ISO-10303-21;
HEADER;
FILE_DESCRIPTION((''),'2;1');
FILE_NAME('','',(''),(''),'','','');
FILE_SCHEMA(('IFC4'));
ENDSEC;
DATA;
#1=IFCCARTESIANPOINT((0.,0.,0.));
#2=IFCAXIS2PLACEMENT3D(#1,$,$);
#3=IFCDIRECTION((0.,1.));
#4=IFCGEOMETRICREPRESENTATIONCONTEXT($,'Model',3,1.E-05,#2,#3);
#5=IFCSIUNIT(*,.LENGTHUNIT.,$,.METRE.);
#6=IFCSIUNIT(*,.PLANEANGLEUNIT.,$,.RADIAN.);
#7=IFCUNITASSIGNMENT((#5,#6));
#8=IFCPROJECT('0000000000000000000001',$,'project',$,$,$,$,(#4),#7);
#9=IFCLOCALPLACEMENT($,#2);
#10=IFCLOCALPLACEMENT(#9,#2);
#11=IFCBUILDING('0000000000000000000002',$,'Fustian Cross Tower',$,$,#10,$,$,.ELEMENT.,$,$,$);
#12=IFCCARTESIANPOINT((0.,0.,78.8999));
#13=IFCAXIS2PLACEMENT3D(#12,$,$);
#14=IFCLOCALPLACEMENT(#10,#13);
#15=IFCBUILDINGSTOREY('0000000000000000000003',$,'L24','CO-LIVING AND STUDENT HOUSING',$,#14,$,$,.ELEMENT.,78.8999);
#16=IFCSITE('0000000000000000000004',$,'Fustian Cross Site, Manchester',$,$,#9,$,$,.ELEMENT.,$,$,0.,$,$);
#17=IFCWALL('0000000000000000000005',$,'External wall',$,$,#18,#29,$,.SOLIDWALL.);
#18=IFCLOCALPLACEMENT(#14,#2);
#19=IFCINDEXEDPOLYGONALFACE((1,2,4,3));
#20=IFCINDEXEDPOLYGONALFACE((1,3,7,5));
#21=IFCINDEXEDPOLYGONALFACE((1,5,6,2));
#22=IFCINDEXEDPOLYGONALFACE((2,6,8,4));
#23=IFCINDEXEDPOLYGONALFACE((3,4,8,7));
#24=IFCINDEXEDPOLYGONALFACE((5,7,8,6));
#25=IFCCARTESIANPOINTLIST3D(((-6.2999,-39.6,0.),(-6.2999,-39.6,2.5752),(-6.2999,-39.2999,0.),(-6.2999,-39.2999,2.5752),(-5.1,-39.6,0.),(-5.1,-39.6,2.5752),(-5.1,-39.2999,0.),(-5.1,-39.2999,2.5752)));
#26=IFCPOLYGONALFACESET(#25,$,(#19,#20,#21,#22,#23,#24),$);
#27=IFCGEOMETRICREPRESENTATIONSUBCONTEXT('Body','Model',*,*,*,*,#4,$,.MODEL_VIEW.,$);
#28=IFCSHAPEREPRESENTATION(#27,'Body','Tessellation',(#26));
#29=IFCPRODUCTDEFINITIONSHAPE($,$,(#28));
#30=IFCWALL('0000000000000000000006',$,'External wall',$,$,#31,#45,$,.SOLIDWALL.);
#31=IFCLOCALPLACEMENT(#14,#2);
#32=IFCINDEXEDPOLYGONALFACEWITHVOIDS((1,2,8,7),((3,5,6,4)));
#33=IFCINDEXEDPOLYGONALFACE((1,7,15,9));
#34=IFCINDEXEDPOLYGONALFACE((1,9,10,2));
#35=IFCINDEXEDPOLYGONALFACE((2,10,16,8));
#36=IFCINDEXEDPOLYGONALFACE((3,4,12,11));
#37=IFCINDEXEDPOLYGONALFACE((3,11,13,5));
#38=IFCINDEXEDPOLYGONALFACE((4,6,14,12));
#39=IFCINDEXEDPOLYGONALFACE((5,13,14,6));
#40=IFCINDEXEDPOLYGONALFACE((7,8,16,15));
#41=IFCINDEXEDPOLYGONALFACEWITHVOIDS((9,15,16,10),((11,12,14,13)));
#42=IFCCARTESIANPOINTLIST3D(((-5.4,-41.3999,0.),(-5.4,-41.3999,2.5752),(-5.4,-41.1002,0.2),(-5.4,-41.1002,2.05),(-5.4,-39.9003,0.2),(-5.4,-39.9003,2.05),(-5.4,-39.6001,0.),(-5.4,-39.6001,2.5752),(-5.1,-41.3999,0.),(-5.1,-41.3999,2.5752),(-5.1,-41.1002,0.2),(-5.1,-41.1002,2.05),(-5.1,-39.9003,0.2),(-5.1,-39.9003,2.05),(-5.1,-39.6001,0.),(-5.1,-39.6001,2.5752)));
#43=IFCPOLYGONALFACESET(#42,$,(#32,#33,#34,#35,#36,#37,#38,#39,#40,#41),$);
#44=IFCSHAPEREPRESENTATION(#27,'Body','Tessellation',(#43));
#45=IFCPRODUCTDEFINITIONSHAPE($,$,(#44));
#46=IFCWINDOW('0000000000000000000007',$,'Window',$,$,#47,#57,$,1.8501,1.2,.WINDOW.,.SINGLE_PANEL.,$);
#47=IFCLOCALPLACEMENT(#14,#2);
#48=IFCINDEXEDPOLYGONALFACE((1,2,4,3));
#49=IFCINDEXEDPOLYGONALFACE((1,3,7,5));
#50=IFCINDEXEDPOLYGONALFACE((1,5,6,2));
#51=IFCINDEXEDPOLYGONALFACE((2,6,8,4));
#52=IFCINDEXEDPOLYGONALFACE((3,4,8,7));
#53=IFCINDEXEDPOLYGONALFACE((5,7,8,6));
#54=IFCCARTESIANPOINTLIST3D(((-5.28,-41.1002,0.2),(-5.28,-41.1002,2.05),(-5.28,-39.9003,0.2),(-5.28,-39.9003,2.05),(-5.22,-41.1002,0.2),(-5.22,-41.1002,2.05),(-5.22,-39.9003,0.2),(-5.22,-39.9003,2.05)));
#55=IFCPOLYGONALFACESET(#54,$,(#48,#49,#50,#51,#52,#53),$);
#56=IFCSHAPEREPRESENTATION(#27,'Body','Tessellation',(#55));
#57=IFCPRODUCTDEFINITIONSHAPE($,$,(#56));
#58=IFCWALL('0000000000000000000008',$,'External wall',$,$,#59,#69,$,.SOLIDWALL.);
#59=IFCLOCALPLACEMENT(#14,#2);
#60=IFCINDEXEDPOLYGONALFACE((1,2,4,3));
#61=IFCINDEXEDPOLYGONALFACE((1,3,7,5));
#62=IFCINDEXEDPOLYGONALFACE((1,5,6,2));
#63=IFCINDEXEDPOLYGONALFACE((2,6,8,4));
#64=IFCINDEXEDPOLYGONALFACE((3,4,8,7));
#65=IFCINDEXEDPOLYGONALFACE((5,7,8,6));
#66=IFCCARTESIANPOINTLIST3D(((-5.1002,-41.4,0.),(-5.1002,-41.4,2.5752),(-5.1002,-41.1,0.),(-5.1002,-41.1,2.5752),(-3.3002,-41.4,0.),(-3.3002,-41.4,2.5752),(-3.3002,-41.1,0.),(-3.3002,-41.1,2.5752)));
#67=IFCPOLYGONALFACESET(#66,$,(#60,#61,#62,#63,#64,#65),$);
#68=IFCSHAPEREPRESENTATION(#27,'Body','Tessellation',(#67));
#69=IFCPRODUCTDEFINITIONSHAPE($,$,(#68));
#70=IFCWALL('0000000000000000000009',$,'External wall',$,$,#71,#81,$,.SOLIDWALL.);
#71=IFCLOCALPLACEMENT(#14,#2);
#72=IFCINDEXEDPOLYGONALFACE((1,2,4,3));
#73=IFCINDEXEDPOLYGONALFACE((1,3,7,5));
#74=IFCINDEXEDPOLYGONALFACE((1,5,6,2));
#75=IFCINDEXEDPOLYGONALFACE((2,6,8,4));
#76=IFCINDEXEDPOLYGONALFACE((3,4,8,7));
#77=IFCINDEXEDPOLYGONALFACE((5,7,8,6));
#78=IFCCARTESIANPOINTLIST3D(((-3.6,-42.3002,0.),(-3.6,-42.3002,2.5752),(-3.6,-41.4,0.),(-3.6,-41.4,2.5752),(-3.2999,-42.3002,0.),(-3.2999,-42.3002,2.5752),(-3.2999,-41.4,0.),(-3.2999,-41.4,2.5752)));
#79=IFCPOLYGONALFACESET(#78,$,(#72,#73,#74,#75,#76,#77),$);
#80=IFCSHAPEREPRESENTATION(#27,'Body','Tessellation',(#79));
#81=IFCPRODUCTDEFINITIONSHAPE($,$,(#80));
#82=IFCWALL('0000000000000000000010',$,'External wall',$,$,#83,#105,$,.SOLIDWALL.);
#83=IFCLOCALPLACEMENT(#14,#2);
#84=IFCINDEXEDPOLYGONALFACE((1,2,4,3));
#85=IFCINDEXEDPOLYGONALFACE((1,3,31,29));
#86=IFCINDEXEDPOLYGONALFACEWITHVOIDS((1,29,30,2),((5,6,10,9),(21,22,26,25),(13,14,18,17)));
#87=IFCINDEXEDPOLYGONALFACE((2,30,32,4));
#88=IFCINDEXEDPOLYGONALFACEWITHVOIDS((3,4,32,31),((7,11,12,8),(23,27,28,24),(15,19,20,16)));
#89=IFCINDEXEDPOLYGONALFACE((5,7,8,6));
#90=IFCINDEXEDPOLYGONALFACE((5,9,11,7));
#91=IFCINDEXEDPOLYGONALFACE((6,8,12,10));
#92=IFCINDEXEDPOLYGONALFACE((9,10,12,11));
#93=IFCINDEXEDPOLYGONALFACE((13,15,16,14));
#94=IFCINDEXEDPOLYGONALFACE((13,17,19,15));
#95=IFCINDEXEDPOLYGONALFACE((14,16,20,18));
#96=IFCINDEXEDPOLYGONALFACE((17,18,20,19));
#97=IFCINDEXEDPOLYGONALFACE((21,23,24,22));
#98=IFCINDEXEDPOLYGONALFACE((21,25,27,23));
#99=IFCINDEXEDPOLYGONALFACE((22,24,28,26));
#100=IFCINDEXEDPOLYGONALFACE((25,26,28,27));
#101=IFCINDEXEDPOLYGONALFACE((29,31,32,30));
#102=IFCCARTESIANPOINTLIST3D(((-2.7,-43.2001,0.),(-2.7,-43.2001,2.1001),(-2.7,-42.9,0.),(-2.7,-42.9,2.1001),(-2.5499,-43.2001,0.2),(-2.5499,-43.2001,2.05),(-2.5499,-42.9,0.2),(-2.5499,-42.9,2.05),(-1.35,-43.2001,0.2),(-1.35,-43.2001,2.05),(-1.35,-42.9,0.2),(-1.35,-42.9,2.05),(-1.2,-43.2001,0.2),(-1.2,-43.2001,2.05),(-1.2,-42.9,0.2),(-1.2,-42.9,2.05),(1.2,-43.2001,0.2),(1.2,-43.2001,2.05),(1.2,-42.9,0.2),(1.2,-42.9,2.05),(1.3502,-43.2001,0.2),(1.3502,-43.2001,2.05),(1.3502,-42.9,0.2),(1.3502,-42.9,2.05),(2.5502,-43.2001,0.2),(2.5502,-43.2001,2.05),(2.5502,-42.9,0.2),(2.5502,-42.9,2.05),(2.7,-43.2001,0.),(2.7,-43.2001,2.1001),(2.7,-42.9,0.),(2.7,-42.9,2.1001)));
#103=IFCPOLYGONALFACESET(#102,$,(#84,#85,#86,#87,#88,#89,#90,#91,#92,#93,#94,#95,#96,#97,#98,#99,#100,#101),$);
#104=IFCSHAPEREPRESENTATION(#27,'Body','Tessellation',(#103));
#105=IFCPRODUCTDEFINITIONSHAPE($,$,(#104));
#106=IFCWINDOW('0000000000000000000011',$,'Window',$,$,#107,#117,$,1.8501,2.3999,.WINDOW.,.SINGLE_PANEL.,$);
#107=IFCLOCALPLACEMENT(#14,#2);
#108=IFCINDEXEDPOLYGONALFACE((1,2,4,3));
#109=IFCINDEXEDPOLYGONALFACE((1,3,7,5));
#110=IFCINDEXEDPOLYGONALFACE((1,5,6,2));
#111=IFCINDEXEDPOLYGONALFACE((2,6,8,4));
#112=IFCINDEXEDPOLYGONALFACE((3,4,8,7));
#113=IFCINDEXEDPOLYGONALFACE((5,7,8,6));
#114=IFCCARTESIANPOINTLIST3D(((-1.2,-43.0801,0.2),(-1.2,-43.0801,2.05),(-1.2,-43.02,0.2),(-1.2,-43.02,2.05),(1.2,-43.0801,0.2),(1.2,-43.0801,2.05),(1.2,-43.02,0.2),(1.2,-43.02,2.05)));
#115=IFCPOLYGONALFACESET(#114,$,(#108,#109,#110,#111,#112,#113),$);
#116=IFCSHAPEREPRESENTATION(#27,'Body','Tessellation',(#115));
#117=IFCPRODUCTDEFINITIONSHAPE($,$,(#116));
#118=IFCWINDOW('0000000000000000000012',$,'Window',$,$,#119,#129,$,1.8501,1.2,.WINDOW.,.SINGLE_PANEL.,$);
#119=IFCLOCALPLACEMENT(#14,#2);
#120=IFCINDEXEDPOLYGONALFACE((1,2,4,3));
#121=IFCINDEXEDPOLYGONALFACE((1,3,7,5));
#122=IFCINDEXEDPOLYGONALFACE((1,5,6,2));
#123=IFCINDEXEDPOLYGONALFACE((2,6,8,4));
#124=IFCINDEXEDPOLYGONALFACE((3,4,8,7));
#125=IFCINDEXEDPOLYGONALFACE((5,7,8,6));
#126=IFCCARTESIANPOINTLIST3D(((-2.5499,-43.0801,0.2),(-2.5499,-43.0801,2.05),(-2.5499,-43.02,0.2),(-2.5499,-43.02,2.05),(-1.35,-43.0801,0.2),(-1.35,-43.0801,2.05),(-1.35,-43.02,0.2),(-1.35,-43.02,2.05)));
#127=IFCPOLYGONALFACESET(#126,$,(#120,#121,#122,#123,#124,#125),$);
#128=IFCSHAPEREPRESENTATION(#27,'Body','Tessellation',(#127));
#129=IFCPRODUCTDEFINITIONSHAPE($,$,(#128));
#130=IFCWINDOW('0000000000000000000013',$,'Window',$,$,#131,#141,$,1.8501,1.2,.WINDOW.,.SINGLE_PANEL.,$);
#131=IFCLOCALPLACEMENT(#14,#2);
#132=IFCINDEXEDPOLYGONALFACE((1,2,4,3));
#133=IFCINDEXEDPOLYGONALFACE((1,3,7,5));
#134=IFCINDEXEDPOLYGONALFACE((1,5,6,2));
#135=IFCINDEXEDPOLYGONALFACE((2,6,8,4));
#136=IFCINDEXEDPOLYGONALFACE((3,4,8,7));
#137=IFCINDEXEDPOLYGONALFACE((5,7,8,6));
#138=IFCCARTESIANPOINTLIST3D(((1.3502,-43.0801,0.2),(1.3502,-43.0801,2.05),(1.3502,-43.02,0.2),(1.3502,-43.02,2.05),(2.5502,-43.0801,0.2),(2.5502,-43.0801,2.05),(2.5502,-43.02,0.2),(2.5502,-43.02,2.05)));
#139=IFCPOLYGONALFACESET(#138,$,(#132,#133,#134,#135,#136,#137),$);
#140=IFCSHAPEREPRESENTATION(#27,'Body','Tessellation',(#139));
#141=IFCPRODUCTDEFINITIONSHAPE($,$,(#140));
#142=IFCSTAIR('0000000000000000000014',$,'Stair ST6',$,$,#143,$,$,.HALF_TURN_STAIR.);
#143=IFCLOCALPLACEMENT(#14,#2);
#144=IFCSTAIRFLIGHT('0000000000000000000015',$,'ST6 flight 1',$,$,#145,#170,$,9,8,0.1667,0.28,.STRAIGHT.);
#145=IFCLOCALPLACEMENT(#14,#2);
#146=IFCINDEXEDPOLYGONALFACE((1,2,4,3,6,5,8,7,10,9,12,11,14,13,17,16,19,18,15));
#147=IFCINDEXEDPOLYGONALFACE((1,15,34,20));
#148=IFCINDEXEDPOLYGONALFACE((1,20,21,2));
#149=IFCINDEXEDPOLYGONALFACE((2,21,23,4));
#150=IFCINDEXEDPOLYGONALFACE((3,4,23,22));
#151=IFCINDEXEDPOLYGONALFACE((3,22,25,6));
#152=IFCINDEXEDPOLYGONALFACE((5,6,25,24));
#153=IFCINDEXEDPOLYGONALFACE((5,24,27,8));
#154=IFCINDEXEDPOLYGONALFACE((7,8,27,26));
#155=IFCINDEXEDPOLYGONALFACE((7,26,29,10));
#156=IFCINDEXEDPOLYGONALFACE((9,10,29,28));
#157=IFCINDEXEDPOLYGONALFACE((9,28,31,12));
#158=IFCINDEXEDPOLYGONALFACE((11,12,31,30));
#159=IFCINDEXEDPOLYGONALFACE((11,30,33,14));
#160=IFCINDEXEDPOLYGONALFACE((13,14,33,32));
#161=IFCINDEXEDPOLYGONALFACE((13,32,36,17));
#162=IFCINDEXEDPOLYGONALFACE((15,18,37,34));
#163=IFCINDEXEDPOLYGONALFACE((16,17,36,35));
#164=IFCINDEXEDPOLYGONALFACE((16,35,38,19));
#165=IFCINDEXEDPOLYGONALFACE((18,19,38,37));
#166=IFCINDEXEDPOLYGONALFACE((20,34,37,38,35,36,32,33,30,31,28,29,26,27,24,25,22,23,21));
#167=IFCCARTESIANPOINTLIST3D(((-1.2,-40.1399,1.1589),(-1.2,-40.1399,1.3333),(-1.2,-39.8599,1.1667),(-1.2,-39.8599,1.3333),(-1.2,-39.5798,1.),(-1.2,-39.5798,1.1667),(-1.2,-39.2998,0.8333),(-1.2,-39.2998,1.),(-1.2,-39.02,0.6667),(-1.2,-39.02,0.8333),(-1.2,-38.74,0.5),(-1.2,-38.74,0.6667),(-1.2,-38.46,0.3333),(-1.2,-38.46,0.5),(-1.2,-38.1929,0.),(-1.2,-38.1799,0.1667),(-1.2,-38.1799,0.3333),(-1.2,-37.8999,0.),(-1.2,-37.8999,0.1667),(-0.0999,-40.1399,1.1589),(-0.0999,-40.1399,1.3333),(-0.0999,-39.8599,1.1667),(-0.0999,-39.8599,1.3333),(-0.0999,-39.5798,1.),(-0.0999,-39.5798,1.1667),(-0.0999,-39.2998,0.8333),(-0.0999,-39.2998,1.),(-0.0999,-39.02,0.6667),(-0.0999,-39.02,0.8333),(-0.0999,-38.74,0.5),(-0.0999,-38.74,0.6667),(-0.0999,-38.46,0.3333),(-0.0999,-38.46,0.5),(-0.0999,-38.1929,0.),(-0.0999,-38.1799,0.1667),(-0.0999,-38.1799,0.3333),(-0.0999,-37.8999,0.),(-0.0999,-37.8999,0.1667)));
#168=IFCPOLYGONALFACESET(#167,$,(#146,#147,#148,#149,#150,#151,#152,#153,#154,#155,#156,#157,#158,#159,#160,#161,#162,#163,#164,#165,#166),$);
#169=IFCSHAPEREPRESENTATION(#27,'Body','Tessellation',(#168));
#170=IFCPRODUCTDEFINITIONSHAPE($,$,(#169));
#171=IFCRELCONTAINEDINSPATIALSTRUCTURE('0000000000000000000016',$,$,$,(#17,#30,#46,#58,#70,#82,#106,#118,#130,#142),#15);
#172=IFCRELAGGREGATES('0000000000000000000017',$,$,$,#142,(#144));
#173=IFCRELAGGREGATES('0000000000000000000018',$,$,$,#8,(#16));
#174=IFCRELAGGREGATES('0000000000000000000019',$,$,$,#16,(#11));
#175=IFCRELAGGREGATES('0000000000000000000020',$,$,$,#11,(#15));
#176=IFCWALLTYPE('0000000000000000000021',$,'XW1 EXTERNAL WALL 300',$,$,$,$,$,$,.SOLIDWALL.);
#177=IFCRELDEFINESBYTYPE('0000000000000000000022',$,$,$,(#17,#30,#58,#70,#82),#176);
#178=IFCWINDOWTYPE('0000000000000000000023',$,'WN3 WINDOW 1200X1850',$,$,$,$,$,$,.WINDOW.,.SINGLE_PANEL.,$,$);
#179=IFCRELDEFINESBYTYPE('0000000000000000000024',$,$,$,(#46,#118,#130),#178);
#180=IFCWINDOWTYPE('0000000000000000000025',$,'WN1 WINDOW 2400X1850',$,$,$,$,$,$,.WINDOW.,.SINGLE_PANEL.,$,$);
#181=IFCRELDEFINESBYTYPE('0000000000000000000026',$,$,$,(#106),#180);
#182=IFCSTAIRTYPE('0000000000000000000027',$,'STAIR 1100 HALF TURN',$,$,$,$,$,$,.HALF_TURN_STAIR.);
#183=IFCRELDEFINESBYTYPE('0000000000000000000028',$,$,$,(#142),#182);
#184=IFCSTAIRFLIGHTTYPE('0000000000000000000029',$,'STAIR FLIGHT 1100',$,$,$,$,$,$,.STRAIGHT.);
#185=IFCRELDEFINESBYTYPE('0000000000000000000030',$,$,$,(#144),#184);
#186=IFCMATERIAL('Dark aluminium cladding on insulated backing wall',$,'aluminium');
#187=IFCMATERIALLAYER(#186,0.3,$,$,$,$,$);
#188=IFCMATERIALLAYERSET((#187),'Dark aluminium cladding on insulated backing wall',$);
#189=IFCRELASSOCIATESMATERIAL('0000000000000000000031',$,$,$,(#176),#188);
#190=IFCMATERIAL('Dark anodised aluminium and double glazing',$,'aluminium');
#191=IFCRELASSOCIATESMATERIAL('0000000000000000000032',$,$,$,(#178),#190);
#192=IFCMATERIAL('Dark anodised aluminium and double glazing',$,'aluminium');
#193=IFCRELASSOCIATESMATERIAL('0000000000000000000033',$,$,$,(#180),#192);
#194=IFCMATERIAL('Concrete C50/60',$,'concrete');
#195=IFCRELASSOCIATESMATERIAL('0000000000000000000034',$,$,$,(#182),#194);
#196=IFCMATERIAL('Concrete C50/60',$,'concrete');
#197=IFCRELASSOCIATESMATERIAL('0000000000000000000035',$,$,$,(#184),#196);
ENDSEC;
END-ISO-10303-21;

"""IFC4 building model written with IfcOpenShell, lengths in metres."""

from ifc_helpers import new_model, si_unit, direction, frame, frame_2d, origin, place, context, subcontext, project, spatial, polyline, rectangle, outline, extrude, material, layer, layer_set, type_object, element, fill, aggregate, save


model = new_model("IFC4")

# Units and contexts
model_context = context("Model", 3, precision=1e-05, world=origin(), true_north=direction((0.0, 1.0)))
body_context = subcontext(model_context, "Body", "Model", "MODEL_VIEW")
ifc_project = project(units=[si_unit("LENGTHUNIT", "METRE"), si_unit("PLANEANGLEUNIT", "RADIAN")], contexts=[model_context])

# Site, building, storey
site_placement = place(None, origin())
site = spatial("IfcSite", under=ifc_project, at=site_placement, Name="Fustian Cross Site, Manchester", CompositionType="ELEMENT", RefElevation=0.0)
building_placement = place(site_placement, origin())
building = spatial("IfcBuilding", under=site, at=building_placement, Name="Fustian Cross Tower", CompositionType="ELEMENT")
storey_placement = place(building_placement, frame((0.0, 0.0, 78.8999)))
storey = spatial("IfcBuildingStorey", under=building, at=storey_placement, Name="L24", Description="CO-LIVING AND STUDENT HOUSING", CompositionType="ELEMENT", Elevation=78.8999)

# Wall
ifc_material_1 = material(Name="Dark aluminium cladding on insulated backing wall", Category="aluminium")
ifc_layer_1 = layer(ifc_material_1, 0.3)
ifc_layer_set_1 = layer_set([ifc_layer_1], Name="Dark aluminium cladding on insulated backing wall")
wall_type_1 = type_object("IfcWallType", Name="XW1 EXTERNAL WALL 300", PredefinedType="SOLIDWALL", material=ifc_layer_set_1)
wall_1_placement = place(storey_placement, frame((-6.3, -39.45, 0.0), z_axis=(0.0, 0.0, 1.0), x_axis=(1.0, 0.0, 0.0)))
element("IfcWall", 1, at=wall_1_placement, inside=storey, type_object=wall_type_1, Name="External wall", PredefinedType="SOLIDWALL", context=body_context, shape_type="SweptSolid", body=[
    extrude(rectangle(XDim=1.2, YDim=0.3, at=frame_2d((0.6001, 0.0))), origin(), (0.0, 0.0, 1.0), 2.5752),
])

# Wall, opening, window
wall_2_placement = place(storey_placement, frame((-5.25, -39.6001, 0.0), z_axis=(0.0, 0.0, 1.0), x_axis=(0.0, -1.0, 0.0)))
wall_2 = element("IfcWall", 2, at=wall_2_placement, inside=storey, type_object=wall_type_1, Name="External wall", PredefinedType="SOLIDWALL", context=body_context, shape_type="SweptSolid", body=[
    extrude(rectangle(XDim=1.7998, YDim=0.3, at=frame_2d((0.8999, 0.0))), origin(), (0.0, 0.0, 1.0), 2.5752),
])
opening_1_placement = place(wall_2_placement, frame((0.3, 0.0, 0.2)))
opening_1 = element("IfcOpeningElement", 3, at=opening_1_placement, cuts=wall_2, PredefinedType="OPENING", context=body_context, shape_type="SweptSolid", body=[
    extrude(rectangle(XDim=1.2, YDim=1.8501, at=frame_2d((0.6001, 0.925))), frame((0.0, 0.1599, 0.0), z_axis=(0.0, -1.0, 0.0), x_axis=(1.0, 0.0, 0.0)), (0.0, 0.0, 1.0), 0.3201),
])
ifc_material_2 = material(Name="Dark anodised aluminium and double glazing", Category="aluminium")
window_type_1 = type_object("IfcWindowType", Name="WN3 WINDOW 1200X1850", PartitioningType="SINGLE_PANEL", PredefinedType="WINDOW", material=ifc_material_2)
window_1_placement = place(opening_1_placement, origin())
window_1 = element("IfcWindow", 4, at=window_1_placement, inside=storey, type_object=window_type_1, Name="Window", OverallHeight=1.8501, OverallWidth=1.2, PartitioningType="SINGLE_PANEL", PredefinedType="WINDOW", context=body_context, shape_type="SweptSolid", body=[
    extrude(rectangle(XDim=1.2, YDim=1.8501, at=frame_2d((0.6001, 0.925))), frame((0.0, 0.03, 0.0), z_axis=(0.0, -1.0, 0.0), x_axis=(1.0, 0.0, 0.0)), (0.0, 0.0, 1.0), 0.0601),
])
fill(opening_1, window_1)

# Walls
wall_3_placement = place(storey_placement, frame((-5.1001, -41.25, 0.0), z_axis=(0.0, 0.0, 1.0), x_axis=(1.0, 0.0, 0.0)))
element("IfcWall", 5, at=wall_3_placement, inside=storey, type_object=wall_type_1, Name="External wall", PredefinedType="SOLIDWALL", context=body_context, shape_type="SweptSolid", body=[
    extrude(rectangle(XDim=1.8, YDim=0.3, at=frame_2d((0.8999, 0.0))), origin(), (0.0, 0.0, 1.0), 2.5752),
])
wall_4_placement = place(storey_placement, frame((-3.45, -41.3999, 0.0), z_axis=(0.0, 0.0, 1.0), x_axis=(0.0, -1.0, 0.0)))
element("IfcWall", 6, at=wall_4_placement, inside=storey, type_object=wall_type_1, Name="External wall", PredefinedType="SOLIDWALL", context=body_context, shape_type="SweptSolid", body=[
    extrude(rectangle(XDim=0.9001, YDim=0.3, at=frame_2d((0.4502, 0.0))), origin(), (0.0, 0.0, 1.0), 2.5752),
])

# Wall, openings, windows
wall_5_placement = place(storey_placement, frame((-2.7, -43.05, 0.0), z_axis=(0.0, 0.0, 1.0), x_axis=(1.0, 0.0, 0.0)))
wall_5 = element("IfcWall", 7, at=wall_5_placement, inside=storey, type_object=wall_type_1, Name="External wall", PredefinedType="SOLIDWALL", context=body_context, shape_type="SweptSolid", body=[
    extrude(rectangle(XDim=5.3999, YDim=0.3, at=frame_2d((2.7, 0.0))), origin(), (0.0, 0.0, 1.0), 2.1001),
])
opening_2_placement = place(wall_5_placement, frame((1.5, 0.0, 0.2)))
opening_2 = element("IfcOpeningElement", 8, at=opening_2_placement, cuts=wall_5, PredefinedType="OPENING", context=body_context, shape_type="SweptSolid", body=[
    extrude(rectangle(XDim=2.3999, YDim=1.8501, at=frame_2d((1.2, 0.925))), frame((0.0, 0.1599, 0.0), z_axis=(0.0, -1.0, 0.0), x_axis=(1.0, 0.0, 0.0)), (0.0, 0.0, 1.0), 0.3201),
])
opening_3_placement = place(wall_5_placement, frame((0.1499, 0.0, 0.2)))
opening_3 = element("IfcOpeningElement", 9, at=opening_3_placement, cuts=wall_5, PredefinedType="OPENING", context=body_context, shape_type="SweptSolid", body=[
    extrude(rectangle(XDim=1.2, YDim=1.8501, at=frame_2d((0.6001, 0.925))), frame((0.0, 0.1599, 0.0), z_axis=(0.0, -1.0, 0.0), x_axis=(1.0, 0.0, 0.0)), (0.0, 0.0, 1.0), 0.3201),
])
opening_4_placement = place(wall_5_placement, frame((4.05, 0.0, 0.2)))
opening_4 = element("IfcOpeningElement", 10, at=opening_4_placement, cuts=wall_5, PredefinedType="OPENING", context=body_context, shape_type="SweptSolid", body=[
    extrude(rectangle(XDim=1.2, YDim=1.8501, at=frame_2d((0.6001, 0.925))), frame((0.0, 0.1599, 0.0), z_axis=(0.0, -1.0, 0.0), x_axis=(1.0, 0.0, 0.0)), (0.0, 0.0, 1.0), 0.3201),
])
ifc_material_3 = material(Name="Dark anodised aluminium and double glazing", Category="aluminium")
window_type_2 = type_object("IfcWindowType", Name="WN1 WINDOW 2400X1850", PartitioningType="SINGLE_PANEL", PredefinedType="WINDOW", material=ifc_material_3)
window_2_placement = place(opening_2_placement, origin())
window_2 = element("IfcWindow", 11, at=window_2_placement, inside=storey, type_object=window_type_2, Name="Window", OverallHeight=1.8501, OverallWidth=2.3999, PartitioningType="SINGLE_PANEL", PredefinedType="WINDOW", context=body_context, shape_type="SweptSolid", body=[
    extrude(rectangle(XDim=2.3999, YDim=1.8501, at=frame_2d((1.2, 0.925))), frame((0.0, 0.03, 0.0), z_axis=(0.0, -1.0, 0.0), x_axis=(1.0, 0.0, 0.0)), (0.0, 0.0, 1.0), 0.0601),
])
fill(opening_2, window_2)
window_3_placement = place(opening_3_placement, origin())
window_3 = element("IfcWindow", 12, at=window_3_placement, inside=storey, type_object=window_type_1, Name="Window", OverallHeight=1.8501, OverallWidth=1.2, PartitioningType="SINGLE_PANEL", PredefinedType="WINDOW", context=body_context, shape_type="SweptSolid", body=[
    extrude(rectangle(XDim=1.2, YDim=1.8501, at=frame_2d((0.6001, 0.925))), frame((0.0, 0.03, 0.0), z_axis=(0.0, -1.0, 0.0), x_axis=(1.0, 0.0, 0.0)), (0.0, 0.0, 1.0), 0.0601),
])
fill(opening_3, window_3)
window_4_placement = place(opening_4_placement, origin())
window_4 = element("IfcWindow", 13, at=window_4_placement, inside=storey, type_object=window_type_1, Name="Window", OverallHeight=1.8501, OverallWidth=1.2, PartitioningType="SINGLE_PANEL", PredefinedType="WINDOW", context=body_context, shape_type="SweptSolid", body=[
    extrude(rectangle(XDim=1.2, YDim=1.8501, at=frame_2d((0.6001, 0.925))), frame((0.0, 0.03, 0.0), z_axis=(0.0, -1.0, 0.0), x_axis=(1.0, 0.0, 0.0)), (0.0, 0.0, 1.0), 0.0601),
])
fill(opening_4, window_4)

# Stair, stair flight
ifc_material_4 = material(Name="Concrete C50/60", Category="concrete")
stair_type = type_object("IfcStairType", Name="STAIR 1100 HALF TURN", PredefinedType="HALF_TURN_STAIR", material=ifc_material_4)
stair_placement = place(storey_placement, origin())
stair = element("IfcStair", 14, at=stair_placement, inside=storey, type_object=stair_type, Name="Stair ST6", PredefinedType="HALF_TURN_STAIR")
ifc_material_5 = material(Name="Concrete C50/60", Category="concrete")
stair_flight_type = type_object("IfcStairFlightType", Name="STAIR FLIGHT 1100", PredefinedType="STRAIGHT", material=ifc_material_5)
stair_flight_placement = place(storey_placement, frame((-0.6499, -37.8999, 0.0), z_axis=(0.0, 0.0, 1.0), x_axis=(0.0, -1.0, 0.0)))
stair_flight = element("IfcStairFlight", 15, at=stair_flight_placement, type_object=stair_flight_type, Name="ST6 flight 1", NumberOfRisers=9, NumberOfTreads=8, PredefinedType="STRAIGHT", RiserHeight=0.1667, TreadLength=0.28, context=body_context, shape_type="SweptSolid", body=[
    extrude(outline(polyline([(0.0, 0.0), (0.0, 0.1667), (0.28, 0.1667), (0.28, 0.3333), (0.5601, 0.3333), (0.5601, 0.5), (0.8401, 0.5), (0.8401, 0.6667), (1.1201, 0.6667), (1.1201, 0.8333), (1.3999, 0.8333), (1.3999, 1.0), (1.6799, 1.0), (1.6799, 1.1667), (1.96, 1.1667), (1.96, 1.3333), (2.24, 1.3333), (2.24, 1.5), (2.24, 1.1589), (0.293, 0.0), (0.0, 0.0)])), frame((0.0, 0.55, 0.0), z_axis=(0.0, -1.0, 0.0), x_axis=(1.0, 0.0, 0.0)), (0.0, 0.0, 1.0), 1.1001),
])
aggregate(stair, [stair_flight])

save(model, "model.ifc")
